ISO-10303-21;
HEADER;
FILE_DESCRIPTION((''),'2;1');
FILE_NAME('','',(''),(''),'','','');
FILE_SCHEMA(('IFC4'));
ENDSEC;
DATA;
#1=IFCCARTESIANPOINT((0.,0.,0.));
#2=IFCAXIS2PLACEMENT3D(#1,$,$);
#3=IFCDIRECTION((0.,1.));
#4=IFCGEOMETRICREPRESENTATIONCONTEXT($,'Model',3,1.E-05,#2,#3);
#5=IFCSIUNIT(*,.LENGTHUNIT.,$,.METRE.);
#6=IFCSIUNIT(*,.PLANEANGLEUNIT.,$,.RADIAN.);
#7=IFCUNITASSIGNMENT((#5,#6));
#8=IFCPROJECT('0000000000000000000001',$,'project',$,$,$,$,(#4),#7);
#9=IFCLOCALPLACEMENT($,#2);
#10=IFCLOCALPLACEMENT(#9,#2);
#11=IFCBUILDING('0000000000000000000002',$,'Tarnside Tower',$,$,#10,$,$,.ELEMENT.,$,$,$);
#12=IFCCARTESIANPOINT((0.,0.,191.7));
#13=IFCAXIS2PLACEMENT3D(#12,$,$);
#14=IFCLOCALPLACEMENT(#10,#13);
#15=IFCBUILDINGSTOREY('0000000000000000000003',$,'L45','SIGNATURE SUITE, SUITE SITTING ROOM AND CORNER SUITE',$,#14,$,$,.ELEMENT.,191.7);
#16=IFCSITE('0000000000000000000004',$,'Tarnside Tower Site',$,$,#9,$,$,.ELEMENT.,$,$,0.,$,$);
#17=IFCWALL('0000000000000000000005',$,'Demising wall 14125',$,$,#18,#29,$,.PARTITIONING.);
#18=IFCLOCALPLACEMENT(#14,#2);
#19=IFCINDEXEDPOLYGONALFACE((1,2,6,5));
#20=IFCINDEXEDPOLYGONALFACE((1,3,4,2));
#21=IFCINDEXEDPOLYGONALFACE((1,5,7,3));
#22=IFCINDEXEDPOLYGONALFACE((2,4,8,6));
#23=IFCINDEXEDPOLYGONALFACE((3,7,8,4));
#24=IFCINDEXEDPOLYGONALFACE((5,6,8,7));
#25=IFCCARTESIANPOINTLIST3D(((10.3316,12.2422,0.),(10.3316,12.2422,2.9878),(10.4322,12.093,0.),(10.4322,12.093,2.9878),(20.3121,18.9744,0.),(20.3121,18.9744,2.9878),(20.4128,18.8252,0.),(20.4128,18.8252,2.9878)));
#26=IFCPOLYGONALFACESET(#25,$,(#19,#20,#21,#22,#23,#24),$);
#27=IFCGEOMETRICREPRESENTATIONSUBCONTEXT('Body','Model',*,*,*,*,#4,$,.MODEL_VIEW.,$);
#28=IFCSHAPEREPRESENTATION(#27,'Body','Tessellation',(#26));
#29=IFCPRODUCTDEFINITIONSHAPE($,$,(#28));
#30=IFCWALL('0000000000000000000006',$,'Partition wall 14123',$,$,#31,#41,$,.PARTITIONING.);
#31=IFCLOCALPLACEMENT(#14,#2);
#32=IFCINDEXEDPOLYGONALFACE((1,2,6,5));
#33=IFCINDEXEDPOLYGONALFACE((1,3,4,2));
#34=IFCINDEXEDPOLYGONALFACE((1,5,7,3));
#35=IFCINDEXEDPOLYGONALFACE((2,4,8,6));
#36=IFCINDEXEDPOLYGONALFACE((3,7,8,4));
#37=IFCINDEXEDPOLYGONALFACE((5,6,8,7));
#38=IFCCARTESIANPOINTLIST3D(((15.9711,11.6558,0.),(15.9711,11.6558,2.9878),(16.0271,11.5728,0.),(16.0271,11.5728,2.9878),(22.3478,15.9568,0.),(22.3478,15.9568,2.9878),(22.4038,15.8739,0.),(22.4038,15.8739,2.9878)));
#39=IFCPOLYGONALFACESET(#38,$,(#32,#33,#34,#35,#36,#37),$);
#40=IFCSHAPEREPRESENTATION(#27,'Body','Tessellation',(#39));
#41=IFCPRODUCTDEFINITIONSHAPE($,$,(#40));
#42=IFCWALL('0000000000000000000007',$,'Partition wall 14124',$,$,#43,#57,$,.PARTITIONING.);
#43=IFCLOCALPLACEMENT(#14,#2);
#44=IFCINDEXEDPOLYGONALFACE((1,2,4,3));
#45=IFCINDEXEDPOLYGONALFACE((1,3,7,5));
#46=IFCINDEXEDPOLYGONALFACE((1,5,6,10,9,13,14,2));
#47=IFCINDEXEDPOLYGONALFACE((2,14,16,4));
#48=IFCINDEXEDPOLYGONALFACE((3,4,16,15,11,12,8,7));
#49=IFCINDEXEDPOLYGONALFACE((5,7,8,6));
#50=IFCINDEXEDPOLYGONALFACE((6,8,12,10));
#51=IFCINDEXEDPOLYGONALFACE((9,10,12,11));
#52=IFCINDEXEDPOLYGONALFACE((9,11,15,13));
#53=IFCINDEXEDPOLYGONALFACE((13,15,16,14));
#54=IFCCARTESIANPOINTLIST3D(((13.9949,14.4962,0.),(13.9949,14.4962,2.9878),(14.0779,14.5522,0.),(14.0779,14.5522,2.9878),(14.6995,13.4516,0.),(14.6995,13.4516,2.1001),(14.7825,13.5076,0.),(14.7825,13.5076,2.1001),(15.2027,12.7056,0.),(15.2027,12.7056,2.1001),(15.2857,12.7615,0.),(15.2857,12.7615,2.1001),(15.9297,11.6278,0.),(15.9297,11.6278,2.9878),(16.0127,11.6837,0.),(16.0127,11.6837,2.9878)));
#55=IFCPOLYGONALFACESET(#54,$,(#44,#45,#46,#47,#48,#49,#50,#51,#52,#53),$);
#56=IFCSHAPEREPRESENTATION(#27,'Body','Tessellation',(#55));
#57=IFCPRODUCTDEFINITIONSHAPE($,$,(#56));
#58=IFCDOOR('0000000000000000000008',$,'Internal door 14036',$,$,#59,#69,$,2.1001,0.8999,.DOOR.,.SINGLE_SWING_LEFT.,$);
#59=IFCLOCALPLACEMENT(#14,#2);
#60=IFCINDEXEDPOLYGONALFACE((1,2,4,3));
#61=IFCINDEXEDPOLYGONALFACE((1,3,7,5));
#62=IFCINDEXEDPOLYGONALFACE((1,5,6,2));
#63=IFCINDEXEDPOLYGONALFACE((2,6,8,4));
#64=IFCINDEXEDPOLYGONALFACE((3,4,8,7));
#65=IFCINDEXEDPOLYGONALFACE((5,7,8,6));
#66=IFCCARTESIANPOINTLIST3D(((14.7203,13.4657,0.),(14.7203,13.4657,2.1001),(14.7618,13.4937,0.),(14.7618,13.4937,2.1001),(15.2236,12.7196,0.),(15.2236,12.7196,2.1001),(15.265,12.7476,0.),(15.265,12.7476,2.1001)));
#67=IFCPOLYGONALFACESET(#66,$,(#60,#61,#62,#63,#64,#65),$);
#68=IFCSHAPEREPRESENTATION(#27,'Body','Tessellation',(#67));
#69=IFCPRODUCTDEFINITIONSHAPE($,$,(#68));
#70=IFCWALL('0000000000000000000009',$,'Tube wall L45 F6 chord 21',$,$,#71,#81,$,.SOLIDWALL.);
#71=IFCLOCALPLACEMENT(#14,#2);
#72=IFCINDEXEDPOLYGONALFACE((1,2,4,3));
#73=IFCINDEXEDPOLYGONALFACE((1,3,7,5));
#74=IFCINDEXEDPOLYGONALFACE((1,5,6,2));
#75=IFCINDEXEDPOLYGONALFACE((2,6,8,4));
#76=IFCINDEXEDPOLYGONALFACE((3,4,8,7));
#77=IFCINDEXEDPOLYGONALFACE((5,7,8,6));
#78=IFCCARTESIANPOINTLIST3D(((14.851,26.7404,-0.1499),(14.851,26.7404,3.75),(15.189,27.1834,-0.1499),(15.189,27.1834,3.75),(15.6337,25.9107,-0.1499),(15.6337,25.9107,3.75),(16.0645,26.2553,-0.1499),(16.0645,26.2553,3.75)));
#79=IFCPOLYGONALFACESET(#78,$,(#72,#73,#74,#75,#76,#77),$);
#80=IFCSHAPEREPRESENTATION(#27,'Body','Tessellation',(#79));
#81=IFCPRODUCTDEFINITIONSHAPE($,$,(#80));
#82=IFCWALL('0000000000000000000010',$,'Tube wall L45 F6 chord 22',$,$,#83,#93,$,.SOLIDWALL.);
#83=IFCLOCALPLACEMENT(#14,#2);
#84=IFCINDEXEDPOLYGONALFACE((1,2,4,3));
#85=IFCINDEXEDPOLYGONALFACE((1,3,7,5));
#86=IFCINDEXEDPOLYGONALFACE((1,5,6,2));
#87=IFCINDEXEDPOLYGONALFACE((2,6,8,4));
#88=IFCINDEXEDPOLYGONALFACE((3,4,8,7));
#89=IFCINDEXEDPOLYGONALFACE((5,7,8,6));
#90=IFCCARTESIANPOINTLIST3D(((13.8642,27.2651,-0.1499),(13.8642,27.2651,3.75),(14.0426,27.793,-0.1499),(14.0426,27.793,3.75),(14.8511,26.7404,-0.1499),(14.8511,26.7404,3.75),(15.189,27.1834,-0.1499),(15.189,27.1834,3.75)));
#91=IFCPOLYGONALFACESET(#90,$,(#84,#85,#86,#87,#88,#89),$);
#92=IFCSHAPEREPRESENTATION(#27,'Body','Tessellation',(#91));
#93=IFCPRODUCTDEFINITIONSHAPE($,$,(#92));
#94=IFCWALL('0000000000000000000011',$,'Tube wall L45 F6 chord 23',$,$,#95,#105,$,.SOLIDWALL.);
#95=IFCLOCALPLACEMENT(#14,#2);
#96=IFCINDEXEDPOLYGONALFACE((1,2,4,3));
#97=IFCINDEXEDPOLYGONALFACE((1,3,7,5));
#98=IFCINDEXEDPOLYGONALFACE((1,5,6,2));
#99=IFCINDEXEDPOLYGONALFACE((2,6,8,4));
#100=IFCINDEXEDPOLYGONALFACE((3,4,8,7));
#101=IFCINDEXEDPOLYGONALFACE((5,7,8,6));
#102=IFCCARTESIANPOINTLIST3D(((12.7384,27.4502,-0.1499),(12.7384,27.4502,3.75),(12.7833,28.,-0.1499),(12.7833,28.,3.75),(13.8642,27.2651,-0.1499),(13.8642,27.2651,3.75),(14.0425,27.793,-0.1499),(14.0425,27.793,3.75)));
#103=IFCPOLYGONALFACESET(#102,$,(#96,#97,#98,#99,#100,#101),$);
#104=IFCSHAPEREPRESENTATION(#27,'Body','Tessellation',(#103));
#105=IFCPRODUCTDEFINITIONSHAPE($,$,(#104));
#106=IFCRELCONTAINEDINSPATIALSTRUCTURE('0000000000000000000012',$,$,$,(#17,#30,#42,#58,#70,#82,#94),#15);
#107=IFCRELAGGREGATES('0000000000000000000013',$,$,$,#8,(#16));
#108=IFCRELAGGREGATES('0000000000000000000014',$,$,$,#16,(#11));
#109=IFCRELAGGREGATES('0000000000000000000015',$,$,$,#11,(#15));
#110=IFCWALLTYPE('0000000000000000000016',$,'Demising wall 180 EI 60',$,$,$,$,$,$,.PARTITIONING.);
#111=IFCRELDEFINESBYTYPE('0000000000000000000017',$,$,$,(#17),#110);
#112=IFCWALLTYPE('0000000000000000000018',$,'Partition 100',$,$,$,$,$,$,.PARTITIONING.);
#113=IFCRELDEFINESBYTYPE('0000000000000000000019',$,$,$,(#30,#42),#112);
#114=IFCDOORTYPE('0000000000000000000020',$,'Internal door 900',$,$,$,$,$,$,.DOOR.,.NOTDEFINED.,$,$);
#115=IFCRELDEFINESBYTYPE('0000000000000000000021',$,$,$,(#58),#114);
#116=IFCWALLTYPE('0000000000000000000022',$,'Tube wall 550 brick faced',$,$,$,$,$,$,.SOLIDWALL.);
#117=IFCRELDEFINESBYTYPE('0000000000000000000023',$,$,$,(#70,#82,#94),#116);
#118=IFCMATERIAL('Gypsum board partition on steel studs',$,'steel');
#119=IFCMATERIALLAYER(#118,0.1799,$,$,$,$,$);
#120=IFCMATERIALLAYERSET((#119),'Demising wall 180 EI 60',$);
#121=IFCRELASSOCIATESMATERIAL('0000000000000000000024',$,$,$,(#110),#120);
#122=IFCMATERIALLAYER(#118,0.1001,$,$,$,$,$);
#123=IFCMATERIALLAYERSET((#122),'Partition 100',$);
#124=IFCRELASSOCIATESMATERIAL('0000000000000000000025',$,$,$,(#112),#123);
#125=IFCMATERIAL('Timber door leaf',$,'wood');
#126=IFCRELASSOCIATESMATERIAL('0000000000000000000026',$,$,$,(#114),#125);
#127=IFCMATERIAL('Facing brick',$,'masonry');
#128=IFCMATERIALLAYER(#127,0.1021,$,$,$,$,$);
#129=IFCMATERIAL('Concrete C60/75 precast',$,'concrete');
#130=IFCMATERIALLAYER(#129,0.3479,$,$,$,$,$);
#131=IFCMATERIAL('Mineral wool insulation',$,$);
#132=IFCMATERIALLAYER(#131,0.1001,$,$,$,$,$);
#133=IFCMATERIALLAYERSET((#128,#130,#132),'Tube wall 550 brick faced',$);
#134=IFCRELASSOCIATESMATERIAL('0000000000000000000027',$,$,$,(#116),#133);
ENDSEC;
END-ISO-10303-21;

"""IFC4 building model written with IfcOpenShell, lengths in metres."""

from ifc_helpers import new_model, si_unit, direction, frame, frame_2d, origin, place, context, subcontext, project, spatial, polyline, rectangle, outline, extrude, material, layer, layer_set, type_object, element, fill, save


model = new_model("IFC4")

# Units and contexts
model_context = context("Model", 3, precision=1e-05, world=origin(), true_north=direction((0.0, 1.0)))
body_context = subcontext(model_context, "Body", "Model", "MODEL_VIEW")
ifc_project = project(units=[si_unit("LENGTHUNIT", "METRE"), si_unit("PLANEANGLEUNIT", "RADIAN")], contexts=[model_context])

# Site, building, storey
site_placement = place(None, origin())
site = spatial("IfcSite", under=ifc_project, at=site_placement, Name="Tarnside Tower Site", CompositionType="ELEMENT", RefElevation=0.0)
building_placement = place(site_placement, origin())
building = spatial("IfcBuilding", under=site, at=building_placement, Name="Tarnside Tower", CompositionType="ELEMENT")
storey_placement = place(building_placement, frame((0.0, 0.0, 191.7)))
storey = spatial("IfcBuildingStorey", under=building, at=storey_placement, Name="L45", Description="SIGNATURE SUITE, SUITE SITTING ROOM AND CORNER SUITE", CompositionType="ELEMENT", Elevation=191.7)

# Shared definitions
ifc_material_1 = material(Name="Gypsum board partition on steel studs", Category="steel")

# Shared definitions
ifc_material_2 = material(Name="Timber door leaf", Category="wood")

# Walls
ifc_layer_1 = layer(ifc_material_1, 0.1799)
ifc_layer_set_1 = layer_set([ifc_layer_1], Name="Demising wall 180 EI 60")
wall_type_1 = type_object("IfcWallType", Name="Demising wall 180 EI 60", PredefinedType="PARTITIONING", material=ifc_layer_set_1)
wall_1_placement = place(storey_placement, frame((20.3625, 18.8999, 0.0), z_axis=(0.0, 0.0, 1.0), x_axis=(-0.829027, -0.559208, 0.0)))
element("IfcWall", 1, at=wall_1_placement, inside=storey, type_object=wall_type_1, Name="Demising wall 14125", PredefinedType="PARTITIONING", context=body_context, shape_type="SweptSolid", body=[
    extrude(rectangle(XDim=12.0388, YDim=0.1799, at=frame_2d((6.0195, 0.0))), origin(), (0.0, 0.0, 1.0), 2.9878),
])
ifc_layer_2 = layer(ifc_material_1, 0.1001)
ifc_layer_set_2 = layer_set([ifc_layer_2], Name="Partition 100")
wall_type_2 = type_object("IfcWallType", Name="Partition 100", PredefinedType="PARTITIONING", material=ifc_layer_set_2)
wall_2_placement = place(storey_placement, frame((22.3757, 15.9153, 0.0), z_axis=(0.0, 0.0, 1.0), x_axis=(-0.829045, -0.559182, 0.0)))
element("IfcWall", 2, at=wall_2_placement, inside=storey, type_object=wall_type_2, Name="Partition wall 14123", PredefinedType="PARTITIONING", context=body_context, shape_type="SweptSolid", body=[
    extrude(rectangle(XDim=7.6917, YDim=0.1001, at=frame_2d((3.8457, 0.0))), origin(), (0.0, 0.0, 1.0), 2.9878),
])

# Wall, opening, door
wall_3_placement = place(storey_placement, frame((15.9712, 11.6558, 0.0), z_axis=(0.0, 0.0, 1.0), x_axis=(-0.559203, 0.829031, 0.0)))
wall_3 = element("IfcWall", 3, at=wall_3_placement, inside=storey, type_object=wall_type_2, Name="Partition wall 14124", PredefinedType="PARTITIONING", context=body_context, shape_type="SweptSolid", body=[
    extrude(rectangle(XDim=3.46, YDim=0.1001, at=frame_2d((1.73, 0.0))), origin(), (0.0, 0.0, 1.0), 2.9878),
])
opening_1_placement = place(wall_3_placement, frame((1.3, 0.0, 0.0)))
opening_1 = element("IfcOpeningElement", 4, at=opening_1_placement, cuts=wall_3, PredefinedType="OPENING", context=body_context, shape_type="SweptSolid", body=[
    extrude(rectangle(XDim=0.8999, YDim=2.1001, at=frame_2d((0.45, 1.05))), frame((0.0, 0.0601, 0.0), z_axis=(0.0, -1.0, 0.0), x_axis=(1.0, 0.0, 0.0)), (0.0, 0.0, 1.0), 0.1201),
])
door_type_1 = type_object("IfcDoorType", Name="Internal door 900", OperationType="NOTDEFINED", PredefinedType="DOOR", material=ifc_material_2)
door_1_placement = place(opening_1_placement, origin())
door_1 = element("IfcDoor", 5, at=door_1_placement, inside=storey, type_object=door_type_1, Name="Internal door 14036", OperationType="SINGLE_SWING_LEFT", OverallHeight=2.1001, OverallWidth=0.8999, PredefinedType="DOOR", context=body_context, shape_type="SweptSolid", body=[
    extrude(rectangle(XDim=0.8999, YDim=2.1001, at=frame_2d((0.45, 1.05))), frame((0.0, 0.0249, 0.0), z_axis=(0.0, -1.0, 0.0), x_axis=(1.0, 0.0, 0.0)), (0.0, 0.0, 1.0), 0.05),
])
fill(opening_1, door_1)

# Walls
ifc_material_3 = material(Name="Facing brick", Category="masonry")
ifc_layer_3 = layer(ifc_material_3, 0.1021)
ifc_material_4 = material(Name="Concrete C60/75 precast", Category="concrete")
ifc_layer_4 = layer(ifc_material_4, 0.3479)
ifc_material_5 = material(Name="Mineral wool insulation")
ifc_layer_5 = layer(ifc_material_5, 0.1001)
ifc_layer_set_3 = layer_set([ifc_layer_3, ifc_layer_4, ifc_layer_5], Name="Tube wall 550 brick faced")
wall_type_3 = type_object("IfcWallType", Name="Tube wall 550 brick faced", PredefinedType="SOLIDWALL", material=ifc_layer_set_3)
wall_4_placement = place(storey_placement, frame((15.8491, 26.083, -0.1499), z_axis=(0.0, 0.0, 1.0), x_axis=(-0.686196, 0.727416, 0.0)))
element("IfcWall", 6, at=wall_4_placement, inside=storey, type_object=wall_type_3, Name="Tube wall L45 F6 chord 21", PredefinedType="SOLIDWALL", context=body_context, shape_type="SweptSolid", body=[
    extrude(outline(polyline([(-0.0225, -0.2749), (1.2534, -0.2749), (1.1631, 0.2749), (0.0225, 0.2749), (-0.0225, -0.2749)])), origin(), (0.0, 0.0, 1.0), 3.8999),
])
wall_5_placement = place(storey_placement, frame((15.02, 26.9619, -0.1499), z_axis=(0.0, 0.0, 1.0), x_axis=(-0.882951, 0.469465, 0.0)))
element("IfcWall", 7, at=wall_5_placement, inside=storey, type_object=wall_type_3, Name="Tube wall L45 F6 chord 22", PredefinedType="SOLIDWALL", context=body_context, shape_type="SweptSolid", body=[
    extrude(outline(polyline([(-0.0452, -0.2749), (1.2532, -0.2749), (1.1628, 0.2749), (0.0452, 0.2749), (-0.0452, -0.2749)])), origin(), (0.0, 0.0, 1.0), 3.8999),
])
wall_6_placement = place(storey_placement, frame((13.9534, 27.5291, -0.1499), z_axis=(0.0, 0.0, 1.0), x_axis=(-0.986752, 0.162236, 0.0)))
element("IfcWall", 8, at=wall_6_placement, inside=storey, type_object=wall_type_3, Name="Tube wall L45 F6 chord 23", PredefinedType="SOLIDWALL", context=body_context, shape_type="SweptSolid", body=[
    extrude(outline(polyline([(-0.0452, -0.2749), (1.231, -0.2749), (1.186, 0.2749), (0.0452, 0.2749), (-0.0452, -0.2749)])), origin(), (0.0, 0.0, 1.0), 3.8999),
])

save(model, "model.ifc")
